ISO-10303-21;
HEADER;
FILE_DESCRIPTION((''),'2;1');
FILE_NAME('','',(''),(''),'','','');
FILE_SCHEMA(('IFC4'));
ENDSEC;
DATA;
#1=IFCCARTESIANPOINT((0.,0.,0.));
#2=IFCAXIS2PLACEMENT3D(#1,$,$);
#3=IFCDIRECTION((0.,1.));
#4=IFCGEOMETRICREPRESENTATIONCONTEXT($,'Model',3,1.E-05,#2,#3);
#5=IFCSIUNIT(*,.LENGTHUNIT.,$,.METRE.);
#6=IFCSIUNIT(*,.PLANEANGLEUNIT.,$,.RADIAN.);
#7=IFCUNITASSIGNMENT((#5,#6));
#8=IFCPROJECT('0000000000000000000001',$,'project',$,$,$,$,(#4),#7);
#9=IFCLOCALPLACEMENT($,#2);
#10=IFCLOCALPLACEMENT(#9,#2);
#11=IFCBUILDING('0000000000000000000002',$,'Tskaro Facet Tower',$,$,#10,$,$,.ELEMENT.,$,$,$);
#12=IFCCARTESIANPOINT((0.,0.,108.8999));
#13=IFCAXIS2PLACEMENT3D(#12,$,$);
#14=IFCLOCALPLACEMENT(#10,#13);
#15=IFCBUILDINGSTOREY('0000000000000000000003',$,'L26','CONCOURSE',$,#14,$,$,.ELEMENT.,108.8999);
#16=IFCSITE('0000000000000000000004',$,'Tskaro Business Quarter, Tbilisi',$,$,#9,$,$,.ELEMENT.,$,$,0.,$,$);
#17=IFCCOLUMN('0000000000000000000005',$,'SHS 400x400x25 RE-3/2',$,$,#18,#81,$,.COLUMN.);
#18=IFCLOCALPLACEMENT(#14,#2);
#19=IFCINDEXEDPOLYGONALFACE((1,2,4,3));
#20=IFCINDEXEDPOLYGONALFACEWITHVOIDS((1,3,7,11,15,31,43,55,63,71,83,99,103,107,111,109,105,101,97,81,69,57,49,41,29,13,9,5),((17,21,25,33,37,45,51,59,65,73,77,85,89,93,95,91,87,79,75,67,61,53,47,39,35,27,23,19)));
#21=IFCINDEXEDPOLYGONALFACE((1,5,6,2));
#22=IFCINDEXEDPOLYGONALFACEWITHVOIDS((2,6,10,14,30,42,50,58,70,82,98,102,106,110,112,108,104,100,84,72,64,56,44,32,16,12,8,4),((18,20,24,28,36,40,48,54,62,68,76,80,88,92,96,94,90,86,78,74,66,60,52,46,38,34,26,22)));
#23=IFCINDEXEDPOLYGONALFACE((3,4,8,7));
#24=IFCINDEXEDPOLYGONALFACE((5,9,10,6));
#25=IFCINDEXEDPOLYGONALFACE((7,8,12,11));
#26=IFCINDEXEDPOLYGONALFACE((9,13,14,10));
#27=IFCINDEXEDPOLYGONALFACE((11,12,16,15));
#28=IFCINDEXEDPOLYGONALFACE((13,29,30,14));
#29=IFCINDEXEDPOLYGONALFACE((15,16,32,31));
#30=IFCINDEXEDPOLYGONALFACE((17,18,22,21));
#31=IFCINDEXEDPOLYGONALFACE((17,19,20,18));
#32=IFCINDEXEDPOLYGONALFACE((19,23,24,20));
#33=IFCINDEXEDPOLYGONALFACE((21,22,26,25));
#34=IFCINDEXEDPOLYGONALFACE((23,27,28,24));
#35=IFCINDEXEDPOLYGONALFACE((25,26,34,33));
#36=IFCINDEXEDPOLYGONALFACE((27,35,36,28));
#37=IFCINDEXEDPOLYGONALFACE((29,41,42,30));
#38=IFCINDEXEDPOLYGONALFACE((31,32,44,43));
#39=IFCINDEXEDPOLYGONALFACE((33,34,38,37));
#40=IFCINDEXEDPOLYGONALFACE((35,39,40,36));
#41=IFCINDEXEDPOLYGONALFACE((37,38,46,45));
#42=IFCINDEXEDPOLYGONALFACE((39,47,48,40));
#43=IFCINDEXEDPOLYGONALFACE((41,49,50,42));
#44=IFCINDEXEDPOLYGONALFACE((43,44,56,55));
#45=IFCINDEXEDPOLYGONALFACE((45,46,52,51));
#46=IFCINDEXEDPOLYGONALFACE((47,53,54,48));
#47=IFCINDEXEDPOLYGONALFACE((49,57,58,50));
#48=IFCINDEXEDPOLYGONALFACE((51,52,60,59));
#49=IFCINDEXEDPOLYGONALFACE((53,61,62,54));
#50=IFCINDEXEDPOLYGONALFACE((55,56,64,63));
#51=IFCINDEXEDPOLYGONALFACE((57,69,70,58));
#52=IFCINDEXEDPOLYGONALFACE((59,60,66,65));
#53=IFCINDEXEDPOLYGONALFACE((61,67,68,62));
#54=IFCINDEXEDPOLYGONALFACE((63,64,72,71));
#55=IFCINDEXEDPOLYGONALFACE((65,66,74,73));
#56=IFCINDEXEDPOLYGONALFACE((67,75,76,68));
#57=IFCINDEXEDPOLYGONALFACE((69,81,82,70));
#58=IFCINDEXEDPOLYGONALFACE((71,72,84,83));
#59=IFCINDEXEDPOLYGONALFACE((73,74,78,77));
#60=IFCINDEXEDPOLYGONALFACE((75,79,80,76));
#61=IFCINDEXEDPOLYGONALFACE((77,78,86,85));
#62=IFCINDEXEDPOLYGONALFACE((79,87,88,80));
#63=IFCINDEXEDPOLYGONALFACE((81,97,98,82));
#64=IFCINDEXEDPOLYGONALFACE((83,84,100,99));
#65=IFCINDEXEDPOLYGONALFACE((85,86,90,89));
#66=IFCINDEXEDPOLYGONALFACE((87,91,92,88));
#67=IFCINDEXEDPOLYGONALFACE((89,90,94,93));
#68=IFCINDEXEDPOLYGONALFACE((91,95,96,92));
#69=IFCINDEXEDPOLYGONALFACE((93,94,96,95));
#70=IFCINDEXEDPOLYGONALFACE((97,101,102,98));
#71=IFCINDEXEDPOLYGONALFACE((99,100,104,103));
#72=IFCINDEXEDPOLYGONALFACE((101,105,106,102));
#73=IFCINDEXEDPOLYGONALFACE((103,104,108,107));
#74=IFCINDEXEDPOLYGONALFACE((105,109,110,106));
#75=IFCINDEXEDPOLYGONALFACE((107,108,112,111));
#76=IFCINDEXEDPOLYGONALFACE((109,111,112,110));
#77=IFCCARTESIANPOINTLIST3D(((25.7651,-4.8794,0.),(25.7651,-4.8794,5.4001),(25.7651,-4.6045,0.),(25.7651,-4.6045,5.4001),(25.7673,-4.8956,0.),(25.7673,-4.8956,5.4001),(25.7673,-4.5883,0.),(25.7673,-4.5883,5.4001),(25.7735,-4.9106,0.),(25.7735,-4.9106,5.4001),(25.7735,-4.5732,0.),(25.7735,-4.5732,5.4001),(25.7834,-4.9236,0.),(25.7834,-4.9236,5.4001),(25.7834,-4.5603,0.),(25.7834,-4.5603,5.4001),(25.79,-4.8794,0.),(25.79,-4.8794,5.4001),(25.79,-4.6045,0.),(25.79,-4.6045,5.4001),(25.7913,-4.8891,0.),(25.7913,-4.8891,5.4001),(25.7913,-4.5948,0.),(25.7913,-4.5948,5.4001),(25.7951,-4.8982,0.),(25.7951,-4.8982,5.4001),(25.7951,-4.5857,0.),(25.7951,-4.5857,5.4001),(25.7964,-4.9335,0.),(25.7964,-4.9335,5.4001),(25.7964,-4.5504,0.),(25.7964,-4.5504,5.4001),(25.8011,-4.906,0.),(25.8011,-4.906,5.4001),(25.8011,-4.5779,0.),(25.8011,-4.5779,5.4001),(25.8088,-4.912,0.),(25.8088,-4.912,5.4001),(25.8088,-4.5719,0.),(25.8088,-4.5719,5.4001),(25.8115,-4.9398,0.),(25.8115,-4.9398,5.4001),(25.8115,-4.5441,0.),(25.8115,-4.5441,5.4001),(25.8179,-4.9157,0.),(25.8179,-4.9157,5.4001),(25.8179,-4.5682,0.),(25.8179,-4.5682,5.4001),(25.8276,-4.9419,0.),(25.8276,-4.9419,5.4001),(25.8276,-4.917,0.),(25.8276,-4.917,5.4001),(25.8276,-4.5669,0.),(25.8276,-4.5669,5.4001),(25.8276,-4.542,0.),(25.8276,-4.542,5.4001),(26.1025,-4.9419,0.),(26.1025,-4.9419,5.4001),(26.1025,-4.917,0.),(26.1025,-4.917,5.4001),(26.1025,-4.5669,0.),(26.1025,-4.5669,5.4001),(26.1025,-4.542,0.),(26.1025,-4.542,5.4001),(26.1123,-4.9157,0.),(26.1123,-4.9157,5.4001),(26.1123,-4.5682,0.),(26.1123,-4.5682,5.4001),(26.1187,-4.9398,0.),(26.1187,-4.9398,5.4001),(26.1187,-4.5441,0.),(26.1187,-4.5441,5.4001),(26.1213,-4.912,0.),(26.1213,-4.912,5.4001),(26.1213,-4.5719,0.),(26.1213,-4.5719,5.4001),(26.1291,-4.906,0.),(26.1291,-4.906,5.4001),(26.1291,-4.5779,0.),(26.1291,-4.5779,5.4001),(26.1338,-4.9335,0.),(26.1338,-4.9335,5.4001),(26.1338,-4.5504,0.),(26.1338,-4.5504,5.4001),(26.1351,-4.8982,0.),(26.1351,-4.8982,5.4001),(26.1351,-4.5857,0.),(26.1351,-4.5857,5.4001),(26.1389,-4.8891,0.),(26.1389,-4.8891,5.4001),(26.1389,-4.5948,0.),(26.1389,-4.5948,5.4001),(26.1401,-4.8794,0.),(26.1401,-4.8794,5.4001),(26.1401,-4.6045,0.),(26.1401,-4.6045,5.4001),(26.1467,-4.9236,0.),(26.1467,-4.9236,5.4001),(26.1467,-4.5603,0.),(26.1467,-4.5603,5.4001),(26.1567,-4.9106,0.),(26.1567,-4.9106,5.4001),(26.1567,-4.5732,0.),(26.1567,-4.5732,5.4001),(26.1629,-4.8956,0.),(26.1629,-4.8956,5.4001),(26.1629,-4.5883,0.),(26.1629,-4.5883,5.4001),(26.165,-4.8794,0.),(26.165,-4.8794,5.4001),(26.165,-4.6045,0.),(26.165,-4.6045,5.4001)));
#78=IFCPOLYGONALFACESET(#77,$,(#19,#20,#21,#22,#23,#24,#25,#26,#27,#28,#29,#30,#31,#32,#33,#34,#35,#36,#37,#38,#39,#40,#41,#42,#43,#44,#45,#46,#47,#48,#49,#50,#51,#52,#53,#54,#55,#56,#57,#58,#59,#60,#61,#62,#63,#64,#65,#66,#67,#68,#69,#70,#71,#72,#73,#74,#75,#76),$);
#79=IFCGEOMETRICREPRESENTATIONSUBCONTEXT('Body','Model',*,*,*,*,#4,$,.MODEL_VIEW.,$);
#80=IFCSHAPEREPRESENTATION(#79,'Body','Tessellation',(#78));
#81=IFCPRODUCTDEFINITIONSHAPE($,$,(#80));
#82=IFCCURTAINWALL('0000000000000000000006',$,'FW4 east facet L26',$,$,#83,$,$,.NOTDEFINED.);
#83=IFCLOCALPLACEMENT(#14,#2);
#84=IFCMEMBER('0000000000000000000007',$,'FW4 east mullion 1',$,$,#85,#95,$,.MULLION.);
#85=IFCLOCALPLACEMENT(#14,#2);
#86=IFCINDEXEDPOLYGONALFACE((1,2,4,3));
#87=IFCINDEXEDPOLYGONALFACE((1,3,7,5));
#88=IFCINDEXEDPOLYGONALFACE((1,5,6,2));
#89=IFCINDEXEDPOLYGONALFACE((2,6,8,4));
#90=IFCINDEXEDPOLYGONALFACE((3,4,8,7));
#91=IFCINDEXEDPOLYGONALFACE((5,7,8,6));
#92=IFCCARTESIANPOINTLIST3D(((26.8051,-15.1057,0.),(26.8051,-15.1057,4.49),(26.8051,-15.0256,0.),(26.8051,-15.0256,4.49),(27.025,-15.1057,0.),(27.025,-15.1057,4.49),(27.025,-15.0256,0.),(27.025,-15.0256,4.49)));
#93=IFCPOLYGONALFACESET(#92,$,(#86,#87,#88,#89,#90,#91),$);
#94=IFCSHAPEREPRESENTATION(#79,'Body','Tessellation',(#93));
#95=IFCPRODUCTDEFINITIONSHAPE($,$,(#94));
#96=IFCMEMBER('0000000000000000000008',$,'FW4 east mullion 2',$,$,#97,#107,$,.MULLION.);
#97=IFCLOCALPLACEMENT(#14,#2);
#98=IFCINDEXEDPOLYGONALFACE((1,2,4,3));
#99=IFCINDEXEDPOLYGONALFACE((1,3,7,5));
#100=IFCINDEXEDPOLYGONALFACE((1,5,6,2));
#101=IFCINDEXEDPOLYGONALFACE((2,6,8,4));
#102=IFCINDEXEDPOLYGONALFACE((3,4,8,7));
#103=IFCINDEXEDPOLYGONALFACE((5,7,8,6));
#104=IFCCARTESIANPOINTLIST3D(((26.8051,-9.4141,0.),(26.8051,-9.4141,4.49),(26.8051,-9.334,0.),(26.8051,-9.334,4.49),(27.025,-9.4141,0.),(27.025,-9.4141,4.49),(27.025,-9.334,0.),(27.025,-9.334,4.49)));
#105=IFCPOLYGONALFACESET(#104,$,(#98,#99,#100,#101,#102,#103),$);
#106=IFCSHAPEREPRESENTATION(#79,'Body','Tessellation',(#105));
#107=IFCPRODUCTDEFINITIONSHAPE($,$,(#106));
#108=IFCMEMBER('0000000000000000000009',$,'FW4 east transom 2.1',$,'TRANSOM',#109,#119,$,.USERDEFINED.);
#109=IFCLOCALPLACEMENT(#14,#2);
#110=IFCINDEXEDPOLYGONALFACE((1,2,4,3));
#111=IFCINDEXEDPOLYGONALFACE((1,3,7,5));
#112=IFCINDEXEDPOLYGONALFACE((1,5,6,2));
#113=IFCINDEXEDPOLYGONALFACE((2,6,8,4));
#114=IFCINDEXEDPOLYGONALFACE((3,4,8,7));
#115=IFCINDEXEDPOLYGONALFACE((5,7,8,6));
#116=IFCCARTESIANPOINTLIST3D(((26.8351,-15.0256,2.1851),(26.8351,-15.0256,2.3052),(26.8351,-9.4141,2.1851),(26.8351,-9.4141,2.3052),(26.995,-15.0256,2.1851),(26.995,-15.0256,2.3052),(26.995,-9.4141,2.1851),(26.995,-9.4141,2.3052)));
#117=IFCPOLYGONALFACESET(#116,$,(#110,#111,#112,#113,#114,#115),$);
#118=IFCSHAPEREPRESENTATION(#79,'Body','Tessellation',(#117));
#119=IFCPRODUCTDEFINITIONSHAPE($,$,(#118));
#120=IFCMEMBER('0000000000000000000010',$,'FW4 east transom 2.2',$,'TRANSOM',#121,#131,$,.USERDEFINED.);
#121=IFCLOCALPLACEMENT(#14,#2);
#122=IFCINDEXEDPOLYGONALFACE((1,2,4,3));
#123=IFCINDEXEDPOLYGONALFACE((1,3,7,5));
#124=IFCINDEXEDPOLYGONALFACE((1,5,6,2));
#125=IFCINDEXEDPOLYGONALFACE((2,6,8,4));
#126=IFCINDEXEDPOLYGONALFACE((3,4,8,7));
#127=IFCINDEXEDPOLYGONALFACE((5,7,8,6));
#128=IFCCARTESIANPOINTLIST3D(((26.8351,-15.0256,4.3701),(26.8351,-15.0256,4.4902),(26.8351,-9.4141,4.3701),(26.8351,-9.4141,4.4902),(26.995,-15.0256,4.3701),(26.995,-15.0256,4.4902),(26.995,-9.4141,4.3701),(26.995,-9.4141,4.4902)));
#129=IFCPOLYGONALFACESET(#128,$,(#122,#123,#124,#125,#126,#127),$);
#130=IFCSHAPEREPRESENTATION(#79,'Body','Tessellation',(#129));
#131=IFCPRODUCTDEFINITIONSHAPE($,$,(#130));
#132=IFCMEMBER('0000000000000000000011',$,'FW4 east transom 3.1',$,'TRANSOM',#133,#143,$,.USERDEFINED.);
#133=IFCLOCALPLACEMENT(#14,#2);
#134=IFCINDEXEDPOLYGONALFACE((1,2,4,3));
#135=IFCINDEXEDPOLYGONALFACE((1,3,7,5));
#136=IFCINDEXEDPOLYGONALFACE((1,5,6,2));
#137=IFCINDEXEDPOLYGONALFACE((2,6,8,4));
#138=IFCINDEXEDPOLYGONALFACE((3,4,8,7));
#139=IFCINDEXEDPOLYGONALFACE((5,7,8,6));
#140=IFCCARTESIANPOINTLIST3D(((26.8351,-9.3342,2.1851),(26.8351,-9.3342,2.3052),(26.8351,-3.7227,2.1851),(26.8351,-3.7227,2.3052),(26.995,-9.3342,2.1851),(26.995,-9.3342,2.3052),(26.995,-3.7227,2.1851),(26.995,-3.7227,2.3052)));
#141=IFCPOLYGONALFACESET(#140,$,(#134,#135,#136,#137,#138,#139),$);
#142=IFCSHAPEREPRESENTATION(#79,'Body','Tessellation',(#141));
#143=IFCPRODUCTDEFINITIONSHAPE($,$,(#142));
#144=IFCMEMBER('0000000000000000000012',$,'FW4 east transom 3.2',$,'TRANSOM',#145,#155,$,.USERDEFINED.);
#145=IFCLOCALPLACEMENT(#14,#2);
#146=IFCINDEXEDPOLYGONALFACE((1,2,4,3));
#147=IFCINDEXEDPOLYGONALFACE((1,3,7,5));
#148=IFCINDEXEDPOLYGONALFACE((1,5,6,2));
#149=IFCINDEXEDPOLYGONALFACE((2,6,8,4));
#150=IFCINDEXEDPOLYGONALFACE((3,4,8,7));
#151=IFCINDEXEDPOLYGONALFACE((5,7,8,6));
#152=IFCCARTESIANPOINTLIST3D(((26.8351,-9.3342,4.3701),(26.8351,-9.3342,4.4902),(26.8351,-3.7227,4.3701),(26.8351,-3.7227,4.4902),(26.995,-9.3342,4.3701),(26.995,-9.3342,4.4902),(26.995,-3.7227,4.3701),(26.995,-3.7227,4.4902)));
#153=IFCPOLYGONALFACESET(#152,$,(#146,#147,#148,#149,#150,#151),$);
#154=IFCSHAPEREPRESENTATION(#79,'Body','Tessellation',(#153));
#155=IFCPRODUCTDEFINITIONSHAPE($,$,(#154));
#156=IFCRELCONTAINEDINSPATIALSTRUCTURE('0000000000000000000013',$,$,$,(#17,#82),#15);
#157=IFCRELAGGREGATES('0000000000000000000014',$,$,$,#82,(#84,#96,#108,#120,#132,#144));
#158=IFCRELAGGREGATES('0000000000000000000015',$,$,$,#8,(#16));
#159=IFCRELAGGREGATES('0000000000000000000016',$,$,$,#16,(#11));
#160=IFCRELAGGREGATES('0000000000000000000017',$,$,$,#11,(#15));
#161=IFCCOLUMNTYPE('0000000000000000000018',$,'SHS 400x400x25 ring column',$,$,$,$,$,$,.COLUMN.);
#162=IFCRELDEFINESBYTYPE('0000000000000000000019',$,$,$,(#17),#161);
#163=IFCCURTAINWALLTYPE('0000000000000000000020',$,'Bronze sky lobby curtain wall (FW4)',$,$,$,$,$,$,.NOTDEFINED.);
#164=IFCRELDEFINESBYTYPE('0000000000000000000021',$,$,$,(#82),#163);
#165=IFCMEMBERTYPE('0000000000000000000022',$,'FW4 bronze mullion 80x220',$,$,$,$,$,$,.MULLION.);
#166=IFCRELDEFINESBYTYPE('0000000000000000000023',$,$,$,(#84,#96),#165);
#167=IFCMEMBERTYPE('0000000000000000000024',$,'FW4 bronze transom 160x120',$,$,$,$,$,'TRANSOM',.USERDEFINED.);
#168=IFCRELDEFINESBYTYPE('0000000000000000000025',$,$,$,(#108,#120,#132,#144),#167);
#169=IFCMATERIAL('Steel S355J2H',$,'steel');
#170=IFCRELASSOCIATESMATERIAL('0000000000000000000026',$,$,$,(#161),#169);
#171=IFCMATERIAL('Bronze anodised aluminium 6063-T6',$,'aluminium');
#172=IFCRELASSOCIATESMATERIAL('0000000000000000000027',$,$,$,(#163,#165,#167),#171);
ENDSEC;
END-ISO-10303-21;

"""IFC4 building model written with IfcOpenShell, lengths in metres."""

from ifc_helpers import new_model, si_unit, direction, frame, origin, origin_2d, place, context, subcontext, project, spatial, rectangle, hollow_rectangle, extrude, material, material_profile, profile_set, type_object, element, aggregate, save


model = new_model("IFC4")

# Units and contexts
model_context = context("Model", 3, precision=1e-05, world=origin(), true_north=direction((0.0, 1.0)))
body_context = subcontext(model_context, "Body", "Model", "MODEL_VIEW")
ifc_project = project(units=[si_unit("LENGTHUNIT", "METRE"), si_unit("PLANEANGLEUNIT", "RADIAN")], contexts=[model_context])

# Site, building, storey
site_placement = place(None, origin())
site = spatial("IfcSite", under=ifc_project, at=site_placement, Name="Tskaro Business Quarter, Tbilisi", CompositionType="ELEMENT", RefElevation=0.0)
building_placement = place(site_placement, origin())
building = spatial("IfcBuilding", under=site, at=building_placement, Name="Tskaro Facet Tower", CompositionType="ELEMENT")
storey_placement = place(building_placement, frame((0.0, 0.0, 108.8999)))
storey = spatial("IfcBuildingStorey", under=building, at=storey_placement, Name="L26", Description="CONCOURSE", CompositionType="ELEMENT", Elevation=108.8999)

# Column
ifc_material_1 = material(Name="Steel S355J2H", Category="steel")
ifc_material_profile_1 = material_profile(ifc_material_1, hollow_rectangle(XDim=0.3999, YDim=0.3999, WallThickness=0.0249, InnerFilletRadius=0.0376, OuterFilletRadius=0.0625, at=origin_2d()), Name="SHS 400x400x25")
ifc_profile_set_1 = profile_set([ifc_material_profile_1], Name="Steel S355J2H")
column_type_1 = type_object("IfcColumnType", Name="SHS 400x400x25 ring column", PredefinedType="COLUMN", material=ifc_profile_set_1)
for number, where, z_axis, x_axis, name in (
    (1, (25.9651, -4.7419, 0.0), (0.0, 0.0, 1.0), (1.0, 0.0, 0.0), "SHS 400x400x25 RE-3/2"),
):
    element("IfcColumn", number, at=place(storey_placement, frame(where, z_axis=z_axis, x_axis=x_axis)), inside=storey, type_object=column_type_1, Name=name, PredefinedType="COLUMN", context=body_context, shape_type="SweptSolid", body=[
        extrude(hollow_rectangle(XDim=0.3999, YDim=0.3999, WallThickness=0.0249, InnerFilletRadius=0.0376, OuterFilletRadius=0.0625, at=origin_2d()), origin(), (0.0, 0.0, 1.0), 5.4001),
    ])

# Curtain wall, members
ifc_material_2 = material(Name="Bronze anodised aluminium 6063-T6", Category="aluminium")
curtain_wall_type = type_object("IfcCurtainWallType", Name="Bronze sky lobby curtain wall (FW4)", PredefinedType="NOTDEFINED", material=ifc_material_2)
curtain_wall_placement = place(storey_placement, origin())
curtain_wall = element("IfcCurtainWall", 2, at=curtain_wall_placement, inside=storey, type_object=curtain_wall_type, Name="FW4 east facet L26", PredefinedType="NOTDEFINED")
ifc_material_profile_2 = material_profile(ifc_material_2, rectangle(XDim=0.0801, YDim=0.22, at=origin_2d()), Name="Mullion 80x220")
ifc_profile_set_2 = profile_set([ifc_material_profile_2], Name="Bronze anodised aluminium 6063-T6")
member_type_1 = type_object("IfcMemberType", Name="FW4 bronze mullion 80x220", PredefinedType="MULLION", material=ifc_profile_set_2)
member_1_placement = place(storey_placement, frame((26.915, -15.0657, 0.0), z_axis=(0.0, 0.0, 1.0), x_axis=(0.0, 1.0, 0.0)))
member_1 = element("IfcMember", 3, at=member_1_placement, type_object=member_type_1, Name="FW4 east mullion 1", PredefinedType="MULLION", context=body_context, shape_type="SweptSolid", body=[
    extrude(rectangle(XDim=0.0801, YDim=0.22, at=origin_2d()), origin(), (0.0, 0.0, 1.0), 4.49),
])
member_2_placement = place(storey_placement, frame((26.915, -9.374, 0.0), z_axis=(0.0, 0.0, 1.0), x_axis=(0.0, 1.0, 0.0)))
member_2 = element("IfcMember", 4, at=member_2_placement, type_object=member_type_1, Name="FW4 east mullion 2", PredefinedType="MULLION", context=body_context, shape_type="SweptSolid", body=[
    extrude(rectangle(XDim=0.0801, YDim=0.22, at=origin_2d()), origin(), (0.0, 0.0, 1.0), 4.49),
])
ifc_material_profile_3 = material_profile(ifc_material_2, rectangle(XDim=0.1599, YDim=0.1201, at=origin_2d()), Name="Transom 160x120")
ifc_profile_set_3 = profile_set([ifc_material_profile_3], Name="Bronze anodised aluminium 6063-T6")
member_type_2 = type_object("IfcMemberType", Name="FW4 bronze transom 160x120", ElementType="TRANSOM", PredefinedType="USERDEFINED", material=ifc_profile_set_3)
member_3_placement = place(storey_placement, frame((26.915, -15.0256, 2.2451), z_axis=(0.0, 1.0, 0.0), x_axis=(-1.0, 0.0, 0.0)))
member_3 = element("IfcMember", 5, at=member_3_placement, type_object=member_type_2, Name="FW4 east transom 2.1", ObjectType="TRANSOM", PredefinedType="USERDEFINED", context=body_context, shape_type="SweptSolid", body=[
    extrude(rectangle(XDim=0.1599, YDim=0.1201, at=origin_2d()), origin(), (0.0, 0.0, 1.0), 5.6116),
])
member_4_placement = place(storey_placement, frame((26.915, -15.0256, 4.4302), z_axis=(0.0, 1.0, 0.0), x_axis=(-1.0, 0.0, 0.0)))
member_4 = element("IfcMember", 6, at=member_4_placement, type_object=member_type_2, Name="FW4 east transom 2.2", ObjectType="TRANSOM", PredefinedType="USERDEFINED", context=body_context, shape_type="SweptSolid", body=[
    extrude(rectangle(XDim=0.1599, YDim=0.1201, at=origin_2d()), origin(), (0.0, 0.0, 1.0), 5.6116),
])
member_5_placement = place(storey_placement, frame((26.915, -9.3342, 2.2451), z_axis=(0.0, 1.0, 0.0), x_axis=(-1.0, 0.0, 0.0)))
member_5 = element("IfcMember", 7, at=member_5_placement, type_object=member_type_2, Name="FW4 east transom 3.1", ObjectType="TRANSOM", PredefinedType="USERDEFINED", context=body_context, shape_type="SweptSolid", body=[
    extrude(rectangle(XDim=0.1599, YDim=0.1201, at=origin_2d()), origin(), (0.0, 0.0, 1.0), 5.6116),
])
member_6_placement = place(storey_placement, frame((26.915, -9.3342, 4.4302), z_axis=(0.0, 1.0, 0.0), x_axis=(-1.0, 0.0, 0.0)))
member_6 = element("IfcMember", 8, at=member_6_placement, type_object=member_type_2, Name="FW4 east transom 3.2", ObjectType="TRANSOM", PredefinedType="USERDEFINED", context=body_context, shape_type="SweptSolid", body=[
    extrude(rectangle(XDim=0.1599, YDim=0.1201, at=origin_2d()), origin(), (0.0, 0.0, 1.0), 5.6116),
])

aggregate(curtain_wall, [member_1, member_2, member_3, member_4, member_5, member_6])

save(model, "model.ifc")
